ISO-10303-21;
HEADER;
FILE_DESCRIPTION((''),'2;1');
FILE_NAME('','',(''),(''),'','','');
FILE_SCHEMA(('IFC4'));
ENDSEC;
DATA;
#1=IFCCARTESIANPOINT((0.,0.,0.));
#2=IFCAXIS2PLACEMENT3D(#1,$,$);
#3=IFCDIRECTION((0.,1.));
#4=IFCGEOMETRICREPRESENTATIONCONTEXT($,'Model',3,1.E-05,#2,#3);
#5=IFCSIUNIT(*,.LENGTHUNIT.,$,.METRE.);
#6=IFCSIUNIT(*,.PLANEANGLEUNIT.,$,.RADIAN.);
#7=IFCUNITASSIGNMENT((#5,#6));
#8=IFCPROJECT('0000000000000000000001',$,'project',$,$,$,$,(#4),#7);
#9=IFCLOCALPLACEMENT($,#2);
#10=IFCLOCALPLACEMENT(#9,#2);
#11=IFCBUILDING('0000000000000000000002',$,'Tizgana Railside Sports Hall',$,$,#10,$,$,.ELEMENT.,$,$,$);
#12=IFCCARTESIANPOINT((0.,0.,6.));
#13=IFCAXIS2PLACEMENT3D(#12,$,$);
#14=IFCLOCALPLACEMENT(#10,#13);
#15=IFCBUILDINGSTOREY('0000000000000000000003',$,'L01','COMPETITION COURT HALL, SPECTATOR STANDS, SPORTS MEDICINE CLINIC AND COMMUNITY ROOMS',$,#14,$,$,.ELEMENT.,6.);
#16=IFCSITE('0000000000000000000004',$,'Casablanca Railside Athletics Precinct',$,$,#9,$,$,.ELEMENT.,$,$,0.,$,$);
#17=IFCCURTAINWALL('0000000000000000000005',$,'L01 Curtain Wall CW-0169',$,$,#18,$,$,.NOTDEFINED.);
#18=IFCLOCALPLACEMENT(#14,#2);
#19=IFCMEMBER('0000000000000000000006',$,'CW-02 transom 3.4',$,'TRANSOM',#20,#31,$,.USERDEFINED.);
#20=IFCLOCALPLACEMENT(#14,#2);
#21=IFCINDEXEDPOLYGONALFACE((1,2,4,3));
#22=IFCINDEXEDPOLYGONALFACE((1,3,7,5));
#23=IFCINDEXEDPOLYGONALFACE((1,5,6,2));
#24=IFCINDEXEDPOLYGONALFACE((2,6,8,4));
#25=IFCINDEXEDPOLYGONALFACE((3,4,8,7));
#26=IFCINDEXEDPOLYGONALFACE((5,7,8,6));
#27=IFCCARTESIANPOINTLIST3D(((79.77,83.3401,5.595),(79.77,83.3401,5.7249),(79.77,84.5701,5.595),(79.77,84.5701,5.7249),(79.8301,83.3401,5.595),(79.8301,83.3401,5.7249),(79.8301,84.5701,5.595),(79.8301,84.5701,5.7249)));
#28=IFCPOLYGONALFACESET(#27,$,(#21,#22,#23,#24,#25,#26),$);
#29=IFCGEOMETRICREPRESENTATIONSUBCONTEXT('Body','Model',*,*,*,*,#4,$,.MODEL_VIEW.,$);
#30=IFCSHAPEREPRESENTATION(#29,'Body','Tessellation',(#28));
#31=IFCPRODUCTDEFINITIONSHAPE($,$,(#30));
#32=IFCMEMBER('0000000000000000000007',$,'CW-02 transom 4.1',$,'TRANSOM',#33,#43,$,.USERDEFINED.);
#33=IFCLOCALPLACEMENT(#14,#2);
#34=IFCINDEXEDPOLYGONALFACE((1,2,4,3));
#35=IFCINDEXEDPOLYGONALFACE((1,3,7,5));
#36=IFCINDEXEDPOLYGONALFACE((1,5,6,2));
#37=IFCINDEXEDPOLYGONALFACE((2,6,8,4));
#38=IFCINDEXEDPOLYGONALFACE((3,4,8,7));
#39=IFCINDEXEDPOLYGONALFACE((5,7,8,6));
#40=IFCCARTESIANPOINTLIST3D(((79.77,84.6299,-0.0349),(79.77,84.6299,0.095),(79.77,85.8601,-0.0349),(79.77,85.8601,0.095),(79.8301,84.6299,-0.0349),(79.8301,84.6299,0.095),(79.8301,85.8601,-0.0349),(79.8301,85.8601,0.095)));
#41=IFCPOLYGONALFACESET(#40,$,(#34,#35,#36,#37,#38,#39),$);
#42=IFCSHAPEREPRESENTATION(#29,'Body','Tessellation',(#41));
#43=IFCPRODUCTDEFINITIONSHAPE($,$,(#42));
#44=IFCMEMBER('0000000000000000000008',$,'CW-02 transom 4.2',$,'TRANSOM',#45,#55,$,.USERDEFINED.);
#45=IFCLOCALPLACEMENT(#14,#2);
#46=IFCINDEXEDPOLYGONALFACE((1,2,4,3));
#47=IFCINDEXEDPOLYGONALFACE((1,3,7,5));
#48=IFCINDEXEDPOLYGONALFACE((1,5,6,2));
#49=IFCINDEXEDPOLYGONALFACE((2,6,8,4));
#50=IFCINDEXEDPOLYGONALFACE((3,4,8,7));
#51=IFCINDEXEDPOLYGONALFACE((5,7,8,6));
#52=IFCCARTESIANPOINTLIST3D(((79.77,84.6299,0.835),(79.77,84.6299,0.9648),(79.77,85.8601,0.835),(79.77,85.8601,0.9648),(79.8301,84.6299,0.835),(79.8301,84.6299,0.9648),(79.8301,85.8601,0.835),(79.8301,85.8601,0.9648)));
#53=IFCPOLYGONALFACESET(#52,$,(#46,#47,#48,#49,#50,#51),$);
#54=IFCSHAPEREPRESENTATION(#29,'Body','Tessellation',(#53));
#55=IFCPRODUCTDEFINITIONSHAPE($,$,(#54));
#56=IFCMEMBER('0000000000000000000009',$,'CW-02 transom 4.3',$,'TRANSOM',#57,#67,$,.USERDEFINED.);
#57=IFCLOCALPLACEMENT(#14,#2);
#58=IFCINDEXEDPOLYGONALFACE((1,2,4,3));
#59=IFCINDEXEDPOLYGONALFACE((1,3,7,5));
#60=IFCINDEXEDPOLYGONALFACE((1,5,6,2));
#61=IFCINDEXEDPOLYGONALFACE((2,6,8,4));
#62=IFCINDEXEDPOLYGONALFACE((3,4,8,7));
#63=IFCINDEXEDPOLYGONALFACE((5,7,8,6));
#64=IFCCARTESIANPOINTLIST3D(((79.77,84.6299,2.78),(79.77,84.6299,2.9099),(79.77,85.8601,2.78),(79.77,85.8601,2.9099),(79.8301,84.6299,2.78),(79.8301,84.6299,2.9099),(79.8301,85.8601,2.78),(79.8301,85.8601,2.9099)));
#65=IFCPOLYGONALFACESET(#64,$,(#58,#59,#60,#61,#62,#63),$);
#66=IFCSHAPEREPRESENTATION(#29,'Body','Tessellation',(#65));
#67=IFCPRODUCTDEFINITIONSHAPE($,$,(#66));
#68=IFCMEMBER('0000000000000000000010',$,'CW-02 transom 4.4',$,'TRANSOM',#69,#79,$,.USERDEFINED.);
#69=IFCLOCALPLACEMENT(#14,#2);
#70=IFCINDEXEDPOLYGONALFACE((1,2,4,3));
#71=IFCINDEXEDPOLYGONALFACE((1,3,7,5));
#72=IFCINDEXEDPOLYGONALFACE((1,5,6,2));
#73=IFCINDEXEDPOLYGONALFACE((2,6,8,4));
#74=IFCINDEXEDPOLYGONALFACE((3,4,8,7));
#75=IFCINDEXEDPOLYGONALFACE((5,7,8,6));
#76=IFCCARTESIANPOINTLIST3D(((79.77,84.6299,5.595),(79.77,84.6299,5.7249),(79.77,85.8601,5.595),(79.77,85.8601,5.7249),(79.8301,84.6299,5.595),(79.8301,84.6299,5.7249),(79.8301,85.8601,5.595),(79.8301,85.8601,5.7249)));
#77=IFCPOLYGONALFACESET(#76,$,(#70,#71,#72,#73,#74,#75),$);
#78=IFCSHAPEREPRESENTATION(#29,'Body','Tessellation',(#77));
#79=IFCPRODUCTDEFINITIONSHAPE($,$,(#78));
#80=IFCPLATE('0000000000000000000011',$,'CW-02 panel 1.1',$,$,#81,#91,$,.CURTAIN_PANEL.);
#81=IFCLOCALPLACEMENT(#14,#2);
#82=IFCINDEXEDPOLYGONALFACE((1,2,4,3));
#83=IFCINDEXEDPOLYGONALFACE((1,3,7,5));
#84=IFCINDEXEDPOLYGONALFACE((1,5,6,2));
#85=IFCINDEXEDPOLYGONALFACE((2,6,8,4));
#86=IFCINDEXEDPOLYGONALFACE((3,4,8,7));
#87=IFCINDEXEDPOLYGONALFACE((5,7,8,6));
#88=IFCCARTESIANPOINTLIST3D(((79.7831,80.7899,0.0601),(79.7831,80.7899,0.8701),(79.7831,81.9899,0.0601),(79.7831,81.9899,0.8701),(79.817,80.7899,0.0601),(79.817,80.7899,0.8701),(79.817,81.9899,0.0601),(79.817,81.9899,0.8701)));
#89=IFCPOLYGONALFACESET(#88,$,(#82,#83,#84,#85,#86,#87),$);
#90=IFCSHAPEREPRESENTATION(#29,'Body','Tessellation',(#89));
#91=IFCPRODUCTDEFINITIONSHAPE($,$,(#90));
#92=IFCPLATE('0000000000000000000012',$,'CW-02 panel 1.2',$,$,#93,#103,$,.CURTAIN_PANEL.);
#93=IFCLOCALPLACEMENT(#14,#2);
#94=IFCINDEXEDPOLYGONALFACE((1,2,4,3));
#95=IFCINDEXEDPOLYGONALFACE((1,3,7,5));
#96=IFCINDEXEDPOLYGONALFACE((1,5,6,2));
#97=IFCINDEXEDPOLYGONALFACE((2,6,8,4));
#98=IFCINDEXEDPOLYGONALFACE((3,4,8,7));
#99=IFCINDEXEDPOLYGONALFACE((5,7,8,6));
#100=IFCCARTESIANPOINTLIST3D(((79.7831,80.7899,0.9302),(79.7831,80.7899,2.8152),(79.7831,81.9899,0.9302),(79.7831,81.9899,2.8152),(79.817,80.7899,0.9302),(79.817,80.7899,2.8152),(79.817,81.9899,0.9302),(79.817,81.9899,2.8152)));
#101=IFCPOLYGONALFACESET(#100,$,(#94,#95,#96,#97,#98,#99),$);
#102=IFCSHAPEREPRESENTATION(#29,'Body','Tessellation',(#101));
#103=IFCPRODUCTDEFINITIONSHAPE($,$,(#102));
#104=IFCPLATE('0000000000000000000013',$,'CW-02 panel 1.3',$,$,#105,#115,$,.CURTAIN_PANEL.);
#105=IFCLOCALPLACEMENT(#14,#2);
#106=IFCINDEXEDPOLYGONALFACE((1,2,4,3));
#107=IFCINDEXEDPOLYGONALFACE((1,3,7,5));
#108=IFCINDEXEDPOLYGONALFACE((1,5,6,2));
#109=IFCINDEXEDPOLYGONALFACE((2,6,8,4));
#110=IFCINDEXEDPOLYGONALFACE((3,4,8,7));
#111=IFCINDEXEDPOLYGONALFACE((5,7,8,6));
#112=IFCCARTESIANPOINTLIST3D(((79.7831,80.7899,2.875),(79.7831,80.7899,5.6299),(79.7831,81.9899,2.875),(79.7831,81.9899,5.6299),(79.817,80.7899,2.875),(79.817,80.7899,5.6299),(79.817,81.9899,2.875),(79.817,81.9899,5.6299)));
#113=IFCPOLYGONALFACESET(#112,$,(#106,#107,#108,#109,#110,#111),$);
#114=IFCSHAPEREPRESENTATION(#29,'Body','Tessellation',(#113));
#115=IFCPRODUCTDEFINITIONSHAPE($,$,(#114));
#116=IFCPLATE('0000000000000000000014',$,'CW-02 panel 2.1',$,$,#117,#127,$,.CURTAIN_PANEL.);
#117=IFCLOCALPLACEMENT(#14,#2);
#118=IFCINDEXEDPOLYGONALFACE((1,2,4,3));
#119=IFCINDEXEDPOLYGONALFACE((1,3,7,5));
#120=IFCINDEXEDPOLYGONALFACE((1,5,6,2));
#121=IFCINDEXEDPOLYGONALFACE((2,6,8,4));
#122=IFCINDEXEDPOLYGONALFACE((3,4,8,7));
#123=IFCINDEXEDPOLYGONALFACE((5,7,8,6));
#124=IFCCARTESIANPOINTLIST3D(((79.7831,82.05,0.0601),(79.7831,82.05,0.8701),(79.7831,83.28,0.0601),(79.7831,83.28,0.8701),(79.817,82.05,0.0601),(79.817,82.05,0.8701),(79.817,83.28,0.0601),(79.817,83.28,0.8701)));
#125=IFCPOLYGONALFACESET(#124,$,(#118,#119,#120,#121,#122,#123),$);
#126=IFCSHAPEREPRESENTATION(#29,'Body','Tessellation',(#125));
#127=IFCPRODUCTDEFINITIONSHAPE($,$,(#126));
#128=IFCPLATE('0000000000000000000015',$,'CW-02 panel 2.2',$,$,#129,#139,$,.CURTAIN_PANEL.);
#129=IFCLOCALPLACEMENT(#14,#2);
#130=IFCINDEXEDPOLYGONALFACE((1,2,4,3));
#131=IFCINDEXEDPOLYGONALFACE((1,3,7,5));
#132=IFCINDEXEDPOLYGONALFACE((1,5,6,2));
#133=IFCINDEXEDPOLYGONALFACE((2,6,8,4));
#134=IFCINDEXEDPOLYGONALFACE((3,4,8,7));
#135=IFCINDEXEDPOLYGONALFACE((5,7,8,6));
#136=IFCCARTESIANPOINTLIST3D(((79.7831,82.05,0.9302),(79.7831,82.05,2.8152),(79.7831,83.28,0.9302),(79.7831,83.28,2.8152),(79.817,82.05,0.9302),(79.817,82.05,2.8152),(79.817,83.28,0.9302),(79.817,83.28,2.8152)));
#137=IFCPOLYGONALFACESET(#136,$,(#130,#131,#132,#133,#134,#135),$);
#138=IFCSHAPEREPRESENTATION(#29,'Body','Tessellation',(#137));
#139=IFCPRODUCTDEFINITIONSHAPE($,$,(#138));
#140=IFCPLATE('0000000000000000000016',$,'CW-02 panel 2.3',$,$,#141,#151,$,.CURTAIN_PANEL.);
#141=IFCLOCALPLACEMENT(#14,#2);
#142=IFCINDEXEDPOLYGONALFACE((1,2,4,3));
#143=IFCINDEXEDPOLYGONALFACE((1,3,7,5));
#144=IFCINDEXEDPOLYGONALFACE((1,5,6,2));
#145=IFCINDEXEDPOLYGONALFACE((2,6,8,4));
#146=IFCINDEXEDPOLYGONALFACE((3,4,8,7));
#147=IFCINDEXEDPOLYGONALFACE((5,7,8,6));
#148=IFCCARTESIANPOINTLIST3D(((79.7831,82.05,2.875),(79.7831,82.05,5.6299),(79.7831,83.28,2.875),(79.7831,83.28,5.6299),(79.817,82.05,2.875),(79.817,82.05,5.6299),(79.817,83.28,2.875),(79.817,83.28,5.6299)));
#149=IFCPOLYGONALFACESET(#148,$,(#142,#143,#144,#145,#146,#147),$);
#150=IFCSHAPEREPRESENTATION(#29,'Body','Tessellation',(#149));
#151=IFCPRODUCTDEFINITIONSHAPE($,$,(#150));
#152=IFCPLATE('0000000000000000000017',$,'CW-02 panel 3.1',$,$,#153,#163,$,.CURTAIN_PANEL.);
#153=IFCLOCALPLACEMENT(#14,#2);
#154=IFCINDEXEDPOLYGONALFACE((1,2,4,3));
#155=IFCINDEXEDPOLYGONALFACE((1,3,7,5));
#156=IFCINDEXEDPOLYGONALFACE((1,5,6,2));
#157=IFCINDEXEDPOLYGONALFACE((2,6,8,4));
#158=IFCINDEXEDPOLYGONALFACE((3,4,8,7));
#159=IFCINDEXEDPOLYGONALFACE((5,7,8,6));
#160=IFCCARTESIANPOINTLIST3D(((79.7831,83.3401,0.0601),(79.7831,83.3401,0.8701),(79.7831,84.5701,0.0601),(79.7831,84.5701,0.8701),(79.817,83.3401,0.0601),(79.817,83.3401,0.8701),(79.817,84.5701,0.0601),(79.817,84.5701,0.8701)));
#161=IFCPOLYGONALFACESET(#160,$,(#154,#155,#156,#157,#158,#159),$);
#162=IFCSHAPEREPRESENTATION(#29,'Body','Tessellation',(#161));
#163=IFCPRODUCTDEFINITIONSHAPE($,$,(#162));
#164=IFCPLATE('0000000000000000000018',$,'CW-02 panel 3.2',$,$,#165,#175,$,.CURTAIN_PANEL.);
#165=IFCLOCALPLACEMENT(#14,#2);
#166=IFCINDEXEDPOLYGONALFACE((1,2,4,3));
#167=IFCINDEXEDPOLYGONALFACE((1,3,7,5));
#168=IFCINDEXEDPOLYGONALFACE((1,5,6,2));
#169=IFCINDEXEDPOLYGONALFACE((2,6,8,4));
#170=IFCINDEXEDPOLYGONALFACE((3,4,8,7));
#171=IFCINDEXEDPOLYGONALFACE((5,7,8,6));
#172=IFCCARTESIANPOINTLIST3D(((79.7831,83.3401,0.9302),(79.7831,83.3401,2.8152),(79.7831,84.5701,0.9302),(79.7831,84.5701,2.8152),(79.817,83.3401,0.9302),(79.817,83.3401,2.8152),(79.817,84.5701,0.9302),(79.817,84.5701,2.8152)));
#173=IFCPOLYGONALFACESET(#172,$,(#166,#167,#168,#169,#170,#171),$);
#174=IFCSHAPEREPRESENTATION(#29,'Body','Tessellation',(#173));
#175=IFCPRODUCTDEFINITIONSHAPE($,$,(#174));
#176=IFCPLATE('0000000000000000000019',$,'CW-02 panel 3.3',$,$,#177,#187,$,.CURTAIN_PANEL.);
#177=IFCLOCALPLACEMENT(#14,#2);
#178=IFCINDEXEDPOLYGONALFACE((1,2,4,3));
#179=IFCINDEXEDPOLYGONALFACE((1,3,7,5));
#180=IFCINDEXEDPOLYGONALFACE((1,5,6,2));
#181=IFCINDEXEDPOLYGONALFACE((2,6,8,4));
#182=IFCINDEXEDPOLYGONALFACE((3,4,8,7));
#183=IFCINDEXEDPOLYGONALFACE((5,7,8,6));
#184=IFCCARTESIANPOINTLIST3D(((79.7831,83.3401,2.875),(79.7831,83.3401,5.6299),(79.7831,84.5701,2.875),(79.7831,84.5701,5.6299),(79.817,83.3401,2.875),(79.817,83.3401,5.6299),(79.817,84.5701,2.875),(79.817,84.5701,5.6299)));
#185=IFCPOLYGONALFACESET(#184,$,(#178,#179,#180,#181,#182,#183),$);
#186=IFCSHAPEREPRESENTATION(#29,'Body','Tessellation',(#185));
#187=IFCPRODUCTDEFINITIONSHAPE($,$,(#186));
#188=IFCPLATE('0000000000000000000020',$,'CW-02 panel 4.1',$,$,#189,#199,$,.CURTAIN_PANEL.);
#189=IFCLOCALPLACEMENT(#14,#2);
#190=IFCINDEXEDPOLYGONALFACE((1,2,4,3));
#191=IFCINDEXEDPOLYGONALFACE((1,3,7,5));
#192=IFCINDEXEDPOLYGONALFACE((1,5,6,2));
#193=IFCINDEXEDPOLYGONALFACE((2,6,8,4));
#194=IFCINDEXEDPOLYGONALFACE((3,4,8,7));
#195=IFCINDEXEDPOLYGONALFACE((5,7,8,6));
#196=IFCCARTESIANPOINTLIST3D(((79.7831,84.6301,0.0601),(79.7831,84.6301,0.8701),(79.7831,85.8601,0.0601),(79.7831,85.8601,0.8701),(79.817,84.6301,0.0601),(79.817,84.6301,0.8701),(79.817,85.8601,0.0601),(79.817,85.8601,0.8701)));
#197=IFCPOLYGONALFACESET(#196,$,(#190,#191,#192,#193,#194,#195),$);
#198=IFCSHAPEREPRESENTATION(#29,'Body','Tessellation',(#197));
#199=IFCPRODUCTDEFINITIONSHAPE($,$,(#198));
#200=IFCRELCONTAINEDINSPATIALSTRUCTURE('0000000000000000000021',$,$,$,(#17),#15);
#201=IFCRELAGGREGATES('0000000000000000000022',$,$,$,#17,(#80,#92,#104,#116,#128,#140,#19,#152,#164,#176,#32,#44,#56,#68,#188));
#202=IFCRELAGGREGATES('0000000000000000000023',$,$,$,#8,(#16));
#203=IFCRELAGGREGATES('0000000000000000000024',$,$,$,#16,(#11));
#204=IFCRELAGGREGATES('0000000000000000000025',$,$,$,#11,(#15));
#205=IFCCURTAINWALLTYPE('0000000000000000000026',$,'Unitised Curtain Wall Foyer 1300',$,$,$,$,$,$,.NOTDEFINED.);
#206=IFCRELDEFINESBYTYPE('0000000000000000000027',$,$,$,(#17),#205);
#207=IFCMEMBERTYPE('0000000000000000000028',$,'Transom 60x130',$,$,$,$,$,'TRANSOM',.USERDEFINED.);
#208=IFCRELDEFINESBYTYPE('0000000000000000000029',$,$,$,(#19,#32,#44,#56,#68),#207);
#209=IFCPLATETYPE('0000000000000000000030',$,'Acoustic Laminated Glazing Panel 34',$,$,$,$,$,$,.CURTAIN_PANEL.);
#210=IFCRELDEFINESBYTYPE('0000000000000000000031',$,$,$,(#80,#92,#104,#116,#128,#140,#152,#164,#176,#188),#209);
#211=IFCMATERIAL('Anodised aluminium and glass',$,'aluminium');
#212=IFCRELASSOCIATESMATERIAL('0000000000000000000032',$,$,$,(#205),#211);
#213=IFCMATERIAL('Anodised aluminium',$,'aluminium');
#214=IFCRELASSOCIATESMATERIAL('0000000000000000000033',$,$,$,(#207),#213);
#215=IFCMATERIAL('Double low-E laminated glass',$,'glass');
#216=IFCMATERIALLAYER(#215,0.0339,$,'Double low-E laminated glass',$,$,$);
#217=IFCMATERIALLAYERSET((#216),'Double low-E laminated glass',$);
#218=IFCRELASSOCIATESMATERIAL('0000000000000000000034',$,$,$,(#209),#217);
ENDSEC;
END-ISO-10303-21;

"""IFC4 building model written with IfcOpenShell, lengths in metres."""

from ifc_helpers import new_model, si_unit, direction, frame, origin, origin_2d, place, context, subcontext, project, spatial, rectangle, extrude, material, layer, layer_set, material_profile, profile_set, type_object, element, aggregate, save


model = new_model("IFC4")

# Units and contexts
model_context = context("Model", 3, precision=1e-05, world=origin(), true_north=direction((0.0, 1.0)))
body_context = subcontext(model_context, "Body", "Model", "MODEL_VIEW")
ifc_project = project(units=[si_unit("LENGTHUNIT", "METRE"), si_unit("PLANEANGLEUNIT", "RADIAN")], contexts=[model_context])

# Site, building, storey
site_placement = place(None, origin())
site = spatial("IfcSite", under=ifc_project, at=site_placement, Name="Casablanca Railside Athletics Precinct", CompositionType="ELEMENT", RefElevation=0.0)
building_placement = place(site_placement, origin())
building = spatial("IfcBuilding", under=site, at=building_placement, Name="Tizgana Railside Sports Hall", CompositionType="ELEMENT")
storey_placement = place(building_placement, frame((0.0, 0.0, 6.0)))
storey = spatial("IfcBuildingStorey", under=building, at=storey_placement, Name="L01", Description="COMPETITION COURT HALL, SPECTATOR STANDS, SPORTS MEDICINE CLINIC AND COMMUNITY ROOMS", CompositionType="ELEMENT", Elevation=6.0)

# Curtain wall, members, plates
ifc_material_1 = material(Name="Anodised aluminium and glass", Category="aluminium")
curtain_wall_type = type_object("IfcCurtainWallType", Name="Unitised Curtain Wall Foyer 1300", PredefinedType="NOTDEFINED", material=ifc_material_1)
curtain_wall_placement = place(storey_placement, origin())
curtain_wall = element("IfcCurtainWall", 1, at=curtain_wall_placement, inside=storey, type_object=curtain_wall_type, Name="L01 Curtain Wall CW-0169", PredefinedType="NOTDEFINED")
ifc_material_2 = material(Name="Anodised aluminium", Category="aluminium")
ifc_material_profile_1 = material_profile(ifc_material_2, rectangle(XDim=0.0601, YDim=0.1299, at=origin_2d()), Name="Transom 60x130")
ifc_profile_set_1 = profile_set([ifc_material_profile_1], Name="Anodised aluminium")
member_type_1 = type_object("IfcMemberType", Name="Transom 60x130", ElementType="TRANSOM", PredefinedType="USERDEFINED", material=ifc_profile_set_1)
member_1_placement = place(storey_placement, frame((79.8, 83.3401, 5.6599), z_axis=(0.0, 1.0, 0.0), x_axis=(-1.0, 0.0, 0.0)))
member_1 = element("IfcMember", 2, at=member_1_placement, type_object=member_type_1, Name="CW-02 transom 3.4", ObjectType="TRANSOM", PredefinedType="USERDEFINED", context=body_context, shape_type="SweptSolid", body=[
    extrude(rectangle(XDim=0.0601, YDim=0.1299, at=origin_2d()), origin(), (0.0, 0.0, 1.0), 1.23),
])
member_2_placement = place(storey_placement, frame((79.8, 84.6299, 0.03), z_axis=(0.0, 1.0, 0.0), x_axis=(-1.0, 0.0, 0.0)))
member_2 = element("IfcMember", 3, at=member_2_placement, type_object=member_type_1, Name="CW-02 transom 4.1", ObjectType="TRANSOM", PredefinedType="USERDEFINED", context=body_context, shape_type="SweptSolid", body=[
    extrude(rectangle(XDim=0.0601, YDim=0.1299, at=origin_2d()), origin(), (0.0, 0.0, 1.0), 1.2302),
])
member_3_placement = place(storey_placement, frame((79.8, 84.6299, 0.8999), z_axis=(0.0, 1.0, 0.0), x_axis=(-1.0, 0.0, 0.0)))
member_3 = element("IfcMember", 4, at=member_3_placement, type_object=member_type_1, Name="CW-02 transom 4.2", ObjectType="TRANSOM", PredefinedType="USERDEFINED", context=body_context, shape_type="SweptSolid", body=[
    extrude(rectangle(XDim=0.0601, YDim=0.1299, at=origin_2d()), origin(), (0.0, 0.0, 1.0), 1.2302),
])
member_4_placement = place(storey_placement, frame((79.8, 84.6299, 2.845), z_axis=(0.0, 1.0, 0.0), x_axis=(-1.0, 0.0, 0.0)))
member_4 = element("IfcMember", 5, at=member_4_placement, type_object=member_type_1, Name="CW-02 transom 4.3", ObjectType="TRANSOM", PredefinedType="USERDEFINED", context=body_context, shape_type="SweptSolid", body=[
    extrude(rectangle(XDim=0.0601, YDim=0.1299, at=origin_2d()), origin(), (0.0, 0.0, 1.0), 1.2302),
])
member_5_placement = place(storey_placement, frame((79.8, 84.6299, 5.6599), z_axis=(0.0, 1.0, 0.0), x_axis=(-1.0, 0.0, 0.0)))
member_5 = element("IfcMember", 6, at=member_5_placement, type_object=member_type_1, Name="CW-02 transom 4.4", ObjectType="TRANSOM", PredefinedType="USERDEFINED", context=body_context, shape_type="SweptSolid", body=[
    extrude(rectangle(XDim=0.0601, YDim=0.1299, at=origin_2d()), origin(), (0.0, 0.0, 1.0), 1.2302),
])
ifc_material_3 = material(Name="Double low-E laminated glass", Category="glass")
ifc_layer = layer(ifc_material_3, 0.0339, Name="Double low-E laminated glass")
ifc_layer_set = layer_set([ifc_layer], Name="Double low-E laminated glass")
plate_type = type_object("IfcPlateType", Name="Acoustic Laminated Glazing Panel 34", PredefinedType="CURTAIN_PANEL", material=ifc_layer_set)
plate_1_placement = place(storey_placement, frame((79.8, 81.3899, 0.0601), z_axis=(0.0, 0.0, 1.0), x_axis=(0.0, 1.0, 0.0)))
plate_1 = element("IfcPlate", 7, at=plate_1_placement, type_object=plate_type, Name="CW-02 panel 1.1", PredefinedType="CURTAIN_PANEL", context=body_context, shape_type="SweptSolid", body=[
    extrude(rectangle(XDim=1.2, YDim=0.0339, at=origin_2d()), origin(), (0.0, 0.0, 1.0), 0.8101),
])
plate_2_placement = place(storey_placement, frame((79.8, 81.3899, 0.9302), z_axis=(0.0, 0.0, 1.0), x_axis=(0.0, 1.0, 0.0)))
plate_2 = element("IfcPlate", 8, at=plate_2_placement, type_object=plate_type, Name="CW-02 panel 1.2", PredefinedType="CURTAIN_PANEL", context=body_context, shape_type="SweptSolid", body=[
    extrude(rectangle(XDim=1.2, YDim=0.0339, at=origin_2d()), origin(), (0.0, 0.0, 1.0), 1.885),
])
plate_3_placement = place(storey_placement, frame((79.8, 81.3899, 2.875), z_axis=(0.0, 0.0, 1.0), x_axis=(0.0, 1.0, 0.0)))
plate_3 = element("IfcPlate", 9, at=plate_3_placement, type_object=plate_type, Name="CW-02 panel 1.3", PredefinedType="CURTAIN_PANEL", context=body_context, shape_type="SweptSolid", body=[
    extrude(rectangle(XDim=1.2, YDim=0.0339, at=origin_2d()), origin(), (0.0, 0.0, 1.0), 2.7549),
])
plate_4_placement = place(storey_placement, frame((79.8, 82.665, 0.0601), z_axis=(0.0, 0.0, 1.0), x_axis=(0.0, 1.0, 0.0)))
plate_4 = element("IfcPlate", 10, at=plate_4_placement, type_object=plate_type, Name="CW-02 panel 2.1", PredefinedType="CURTAIN_PANEL", context=body_context, shape_type="SweptSolid", body=[
    extrude(rectangle(XDim=1.23, YDim=0.0339, at=origin_2d()), origin(), (0.0, 0.0, 1.0), 0.8101),
])
plate_5_placement = place(storey_placement, frame((79.8, 82.665, 0.9302), z_axis=(0.0, 0.0, 1.0), x_axis=(0.0, 1.0, 0.0)))
plate_5 = element("IfcPlate", 11, at=plate_5_placement, type_object=plate_type, Name="CW-02 panel 2.2", PredefinedType="CURTAIN_PANEL", context=body_context, shape_type="SweptSolid", body=[
    extrude(rectangle(XDim=1.23, YDim=0.0339, at=origin_2d()), origin(), (0.0, 0.0, 1.0), 1.885),
])
plate_6_placement = place(storey_placement, frame((79.8, 82.665, 2.875), z_axis=(0.0, 0.0, 1.0), x_axis=(0.0, 1.0, 0.0)))
plate_6 = element("IfcPlate", 12, at=plate_6_placement, type_object=plate_type, Name="CW-02 panel 2.3", PredefinedType="CURTAIN_PANEL", context=body_context, shape_type="SweptSolid", body=[
    extrude(rectangle(XDim=1.23, YDim=0.0339, at=origin_2d()), origin(), (0.0, 0.0, 1.0), 2.7549),
])
plate_7_placement = place(storey_placement, frame((79.8, 83.9551, 0.0601), z_axis=(0.0, 0.0, 1.0), x_axis=(0.0, 1.0, 0.0)))
plate_7 = element("IfcPlate", 13, at=plate_7_placement, type_object=plate_type, Name="CW-02 panel 3.1", PredefinedType="CURTAIN_PANEL", context=body_context, shape_type="SweptSolid", body=[
    extrude(rectangle(XDim=1.23, YDim=0.0339, at=origin_2d()), origin(), (0.0, 0.0, 1.0), 0.8101),
])
plate_8_placement = place(storey_placement, frame((79.8, 83.9551, 0.9302), z_axis=(0.0, 0.0, 1.0), x_axis=(0.0, 1.0, 0.0)))
plate_8 = element("IfcPlate", 14, at=plate_8_placement, type_object=plate_type, Name="CW-02 panel 3.2", PredefinedType="CURTAIN_PANEL", context=body_context, shape_type="SweptSolid", body=[
    extrude(rectangle(XDim=1.23, YDim=0.0339, at=origin_2d()), origin(), (0.0, 0.0, 1.0), 1.885),
])
plate_9_placement = place(storey_placement, frame((79.8, 83.9551, 2.875), z_axis=(0.0, 0.0, 1.0), x_axis=(0.0, 1.0, 0.0)))
plate_9 = element("IfcPlate", 15, at=plate_9_placement, type_object=plate_type, Name="CW-02 panel 3.3", PredefinedType="CURTAIN_PANEL", context=body_context, shape_type="SweptSolid", body=[
    extrude(rectangle(XDim=1.23, YDim=0.0339, at=origin_2d()), origin(), (0.0, 0.0, 1.0), 2.7549),
])
plate_10_placement = place(storey_placement, frame((79.8, 85.2451, 0.0601), z_axis=(0.0, 0.0, 1.0), x_axis=(0.0, 1.0, 0.0)))
plate_10 = element("IfcPlate", 16, at=plate_10_placement, type_object=plate_type, Name="CW-02 panel 4.1", PredefinedType="CURTAIN_PANEL", context=body_context, shape_type="SweptSolid", body=[
    extrude(rectangle(XDim=1.23, YDim=0.0339, at=origin_2d()), origin(), (0.0, 0.0, 1.0), 0.8101),
])
aggregate(curtain_wall, [plate_1, plate_2, plate_3, plate_4, plate_5, plate_6, member_1, plate_7, plate_8, plate_9, member_2, member_3, member_4, member_5, plate_10])

save(model, "model.ifc")
